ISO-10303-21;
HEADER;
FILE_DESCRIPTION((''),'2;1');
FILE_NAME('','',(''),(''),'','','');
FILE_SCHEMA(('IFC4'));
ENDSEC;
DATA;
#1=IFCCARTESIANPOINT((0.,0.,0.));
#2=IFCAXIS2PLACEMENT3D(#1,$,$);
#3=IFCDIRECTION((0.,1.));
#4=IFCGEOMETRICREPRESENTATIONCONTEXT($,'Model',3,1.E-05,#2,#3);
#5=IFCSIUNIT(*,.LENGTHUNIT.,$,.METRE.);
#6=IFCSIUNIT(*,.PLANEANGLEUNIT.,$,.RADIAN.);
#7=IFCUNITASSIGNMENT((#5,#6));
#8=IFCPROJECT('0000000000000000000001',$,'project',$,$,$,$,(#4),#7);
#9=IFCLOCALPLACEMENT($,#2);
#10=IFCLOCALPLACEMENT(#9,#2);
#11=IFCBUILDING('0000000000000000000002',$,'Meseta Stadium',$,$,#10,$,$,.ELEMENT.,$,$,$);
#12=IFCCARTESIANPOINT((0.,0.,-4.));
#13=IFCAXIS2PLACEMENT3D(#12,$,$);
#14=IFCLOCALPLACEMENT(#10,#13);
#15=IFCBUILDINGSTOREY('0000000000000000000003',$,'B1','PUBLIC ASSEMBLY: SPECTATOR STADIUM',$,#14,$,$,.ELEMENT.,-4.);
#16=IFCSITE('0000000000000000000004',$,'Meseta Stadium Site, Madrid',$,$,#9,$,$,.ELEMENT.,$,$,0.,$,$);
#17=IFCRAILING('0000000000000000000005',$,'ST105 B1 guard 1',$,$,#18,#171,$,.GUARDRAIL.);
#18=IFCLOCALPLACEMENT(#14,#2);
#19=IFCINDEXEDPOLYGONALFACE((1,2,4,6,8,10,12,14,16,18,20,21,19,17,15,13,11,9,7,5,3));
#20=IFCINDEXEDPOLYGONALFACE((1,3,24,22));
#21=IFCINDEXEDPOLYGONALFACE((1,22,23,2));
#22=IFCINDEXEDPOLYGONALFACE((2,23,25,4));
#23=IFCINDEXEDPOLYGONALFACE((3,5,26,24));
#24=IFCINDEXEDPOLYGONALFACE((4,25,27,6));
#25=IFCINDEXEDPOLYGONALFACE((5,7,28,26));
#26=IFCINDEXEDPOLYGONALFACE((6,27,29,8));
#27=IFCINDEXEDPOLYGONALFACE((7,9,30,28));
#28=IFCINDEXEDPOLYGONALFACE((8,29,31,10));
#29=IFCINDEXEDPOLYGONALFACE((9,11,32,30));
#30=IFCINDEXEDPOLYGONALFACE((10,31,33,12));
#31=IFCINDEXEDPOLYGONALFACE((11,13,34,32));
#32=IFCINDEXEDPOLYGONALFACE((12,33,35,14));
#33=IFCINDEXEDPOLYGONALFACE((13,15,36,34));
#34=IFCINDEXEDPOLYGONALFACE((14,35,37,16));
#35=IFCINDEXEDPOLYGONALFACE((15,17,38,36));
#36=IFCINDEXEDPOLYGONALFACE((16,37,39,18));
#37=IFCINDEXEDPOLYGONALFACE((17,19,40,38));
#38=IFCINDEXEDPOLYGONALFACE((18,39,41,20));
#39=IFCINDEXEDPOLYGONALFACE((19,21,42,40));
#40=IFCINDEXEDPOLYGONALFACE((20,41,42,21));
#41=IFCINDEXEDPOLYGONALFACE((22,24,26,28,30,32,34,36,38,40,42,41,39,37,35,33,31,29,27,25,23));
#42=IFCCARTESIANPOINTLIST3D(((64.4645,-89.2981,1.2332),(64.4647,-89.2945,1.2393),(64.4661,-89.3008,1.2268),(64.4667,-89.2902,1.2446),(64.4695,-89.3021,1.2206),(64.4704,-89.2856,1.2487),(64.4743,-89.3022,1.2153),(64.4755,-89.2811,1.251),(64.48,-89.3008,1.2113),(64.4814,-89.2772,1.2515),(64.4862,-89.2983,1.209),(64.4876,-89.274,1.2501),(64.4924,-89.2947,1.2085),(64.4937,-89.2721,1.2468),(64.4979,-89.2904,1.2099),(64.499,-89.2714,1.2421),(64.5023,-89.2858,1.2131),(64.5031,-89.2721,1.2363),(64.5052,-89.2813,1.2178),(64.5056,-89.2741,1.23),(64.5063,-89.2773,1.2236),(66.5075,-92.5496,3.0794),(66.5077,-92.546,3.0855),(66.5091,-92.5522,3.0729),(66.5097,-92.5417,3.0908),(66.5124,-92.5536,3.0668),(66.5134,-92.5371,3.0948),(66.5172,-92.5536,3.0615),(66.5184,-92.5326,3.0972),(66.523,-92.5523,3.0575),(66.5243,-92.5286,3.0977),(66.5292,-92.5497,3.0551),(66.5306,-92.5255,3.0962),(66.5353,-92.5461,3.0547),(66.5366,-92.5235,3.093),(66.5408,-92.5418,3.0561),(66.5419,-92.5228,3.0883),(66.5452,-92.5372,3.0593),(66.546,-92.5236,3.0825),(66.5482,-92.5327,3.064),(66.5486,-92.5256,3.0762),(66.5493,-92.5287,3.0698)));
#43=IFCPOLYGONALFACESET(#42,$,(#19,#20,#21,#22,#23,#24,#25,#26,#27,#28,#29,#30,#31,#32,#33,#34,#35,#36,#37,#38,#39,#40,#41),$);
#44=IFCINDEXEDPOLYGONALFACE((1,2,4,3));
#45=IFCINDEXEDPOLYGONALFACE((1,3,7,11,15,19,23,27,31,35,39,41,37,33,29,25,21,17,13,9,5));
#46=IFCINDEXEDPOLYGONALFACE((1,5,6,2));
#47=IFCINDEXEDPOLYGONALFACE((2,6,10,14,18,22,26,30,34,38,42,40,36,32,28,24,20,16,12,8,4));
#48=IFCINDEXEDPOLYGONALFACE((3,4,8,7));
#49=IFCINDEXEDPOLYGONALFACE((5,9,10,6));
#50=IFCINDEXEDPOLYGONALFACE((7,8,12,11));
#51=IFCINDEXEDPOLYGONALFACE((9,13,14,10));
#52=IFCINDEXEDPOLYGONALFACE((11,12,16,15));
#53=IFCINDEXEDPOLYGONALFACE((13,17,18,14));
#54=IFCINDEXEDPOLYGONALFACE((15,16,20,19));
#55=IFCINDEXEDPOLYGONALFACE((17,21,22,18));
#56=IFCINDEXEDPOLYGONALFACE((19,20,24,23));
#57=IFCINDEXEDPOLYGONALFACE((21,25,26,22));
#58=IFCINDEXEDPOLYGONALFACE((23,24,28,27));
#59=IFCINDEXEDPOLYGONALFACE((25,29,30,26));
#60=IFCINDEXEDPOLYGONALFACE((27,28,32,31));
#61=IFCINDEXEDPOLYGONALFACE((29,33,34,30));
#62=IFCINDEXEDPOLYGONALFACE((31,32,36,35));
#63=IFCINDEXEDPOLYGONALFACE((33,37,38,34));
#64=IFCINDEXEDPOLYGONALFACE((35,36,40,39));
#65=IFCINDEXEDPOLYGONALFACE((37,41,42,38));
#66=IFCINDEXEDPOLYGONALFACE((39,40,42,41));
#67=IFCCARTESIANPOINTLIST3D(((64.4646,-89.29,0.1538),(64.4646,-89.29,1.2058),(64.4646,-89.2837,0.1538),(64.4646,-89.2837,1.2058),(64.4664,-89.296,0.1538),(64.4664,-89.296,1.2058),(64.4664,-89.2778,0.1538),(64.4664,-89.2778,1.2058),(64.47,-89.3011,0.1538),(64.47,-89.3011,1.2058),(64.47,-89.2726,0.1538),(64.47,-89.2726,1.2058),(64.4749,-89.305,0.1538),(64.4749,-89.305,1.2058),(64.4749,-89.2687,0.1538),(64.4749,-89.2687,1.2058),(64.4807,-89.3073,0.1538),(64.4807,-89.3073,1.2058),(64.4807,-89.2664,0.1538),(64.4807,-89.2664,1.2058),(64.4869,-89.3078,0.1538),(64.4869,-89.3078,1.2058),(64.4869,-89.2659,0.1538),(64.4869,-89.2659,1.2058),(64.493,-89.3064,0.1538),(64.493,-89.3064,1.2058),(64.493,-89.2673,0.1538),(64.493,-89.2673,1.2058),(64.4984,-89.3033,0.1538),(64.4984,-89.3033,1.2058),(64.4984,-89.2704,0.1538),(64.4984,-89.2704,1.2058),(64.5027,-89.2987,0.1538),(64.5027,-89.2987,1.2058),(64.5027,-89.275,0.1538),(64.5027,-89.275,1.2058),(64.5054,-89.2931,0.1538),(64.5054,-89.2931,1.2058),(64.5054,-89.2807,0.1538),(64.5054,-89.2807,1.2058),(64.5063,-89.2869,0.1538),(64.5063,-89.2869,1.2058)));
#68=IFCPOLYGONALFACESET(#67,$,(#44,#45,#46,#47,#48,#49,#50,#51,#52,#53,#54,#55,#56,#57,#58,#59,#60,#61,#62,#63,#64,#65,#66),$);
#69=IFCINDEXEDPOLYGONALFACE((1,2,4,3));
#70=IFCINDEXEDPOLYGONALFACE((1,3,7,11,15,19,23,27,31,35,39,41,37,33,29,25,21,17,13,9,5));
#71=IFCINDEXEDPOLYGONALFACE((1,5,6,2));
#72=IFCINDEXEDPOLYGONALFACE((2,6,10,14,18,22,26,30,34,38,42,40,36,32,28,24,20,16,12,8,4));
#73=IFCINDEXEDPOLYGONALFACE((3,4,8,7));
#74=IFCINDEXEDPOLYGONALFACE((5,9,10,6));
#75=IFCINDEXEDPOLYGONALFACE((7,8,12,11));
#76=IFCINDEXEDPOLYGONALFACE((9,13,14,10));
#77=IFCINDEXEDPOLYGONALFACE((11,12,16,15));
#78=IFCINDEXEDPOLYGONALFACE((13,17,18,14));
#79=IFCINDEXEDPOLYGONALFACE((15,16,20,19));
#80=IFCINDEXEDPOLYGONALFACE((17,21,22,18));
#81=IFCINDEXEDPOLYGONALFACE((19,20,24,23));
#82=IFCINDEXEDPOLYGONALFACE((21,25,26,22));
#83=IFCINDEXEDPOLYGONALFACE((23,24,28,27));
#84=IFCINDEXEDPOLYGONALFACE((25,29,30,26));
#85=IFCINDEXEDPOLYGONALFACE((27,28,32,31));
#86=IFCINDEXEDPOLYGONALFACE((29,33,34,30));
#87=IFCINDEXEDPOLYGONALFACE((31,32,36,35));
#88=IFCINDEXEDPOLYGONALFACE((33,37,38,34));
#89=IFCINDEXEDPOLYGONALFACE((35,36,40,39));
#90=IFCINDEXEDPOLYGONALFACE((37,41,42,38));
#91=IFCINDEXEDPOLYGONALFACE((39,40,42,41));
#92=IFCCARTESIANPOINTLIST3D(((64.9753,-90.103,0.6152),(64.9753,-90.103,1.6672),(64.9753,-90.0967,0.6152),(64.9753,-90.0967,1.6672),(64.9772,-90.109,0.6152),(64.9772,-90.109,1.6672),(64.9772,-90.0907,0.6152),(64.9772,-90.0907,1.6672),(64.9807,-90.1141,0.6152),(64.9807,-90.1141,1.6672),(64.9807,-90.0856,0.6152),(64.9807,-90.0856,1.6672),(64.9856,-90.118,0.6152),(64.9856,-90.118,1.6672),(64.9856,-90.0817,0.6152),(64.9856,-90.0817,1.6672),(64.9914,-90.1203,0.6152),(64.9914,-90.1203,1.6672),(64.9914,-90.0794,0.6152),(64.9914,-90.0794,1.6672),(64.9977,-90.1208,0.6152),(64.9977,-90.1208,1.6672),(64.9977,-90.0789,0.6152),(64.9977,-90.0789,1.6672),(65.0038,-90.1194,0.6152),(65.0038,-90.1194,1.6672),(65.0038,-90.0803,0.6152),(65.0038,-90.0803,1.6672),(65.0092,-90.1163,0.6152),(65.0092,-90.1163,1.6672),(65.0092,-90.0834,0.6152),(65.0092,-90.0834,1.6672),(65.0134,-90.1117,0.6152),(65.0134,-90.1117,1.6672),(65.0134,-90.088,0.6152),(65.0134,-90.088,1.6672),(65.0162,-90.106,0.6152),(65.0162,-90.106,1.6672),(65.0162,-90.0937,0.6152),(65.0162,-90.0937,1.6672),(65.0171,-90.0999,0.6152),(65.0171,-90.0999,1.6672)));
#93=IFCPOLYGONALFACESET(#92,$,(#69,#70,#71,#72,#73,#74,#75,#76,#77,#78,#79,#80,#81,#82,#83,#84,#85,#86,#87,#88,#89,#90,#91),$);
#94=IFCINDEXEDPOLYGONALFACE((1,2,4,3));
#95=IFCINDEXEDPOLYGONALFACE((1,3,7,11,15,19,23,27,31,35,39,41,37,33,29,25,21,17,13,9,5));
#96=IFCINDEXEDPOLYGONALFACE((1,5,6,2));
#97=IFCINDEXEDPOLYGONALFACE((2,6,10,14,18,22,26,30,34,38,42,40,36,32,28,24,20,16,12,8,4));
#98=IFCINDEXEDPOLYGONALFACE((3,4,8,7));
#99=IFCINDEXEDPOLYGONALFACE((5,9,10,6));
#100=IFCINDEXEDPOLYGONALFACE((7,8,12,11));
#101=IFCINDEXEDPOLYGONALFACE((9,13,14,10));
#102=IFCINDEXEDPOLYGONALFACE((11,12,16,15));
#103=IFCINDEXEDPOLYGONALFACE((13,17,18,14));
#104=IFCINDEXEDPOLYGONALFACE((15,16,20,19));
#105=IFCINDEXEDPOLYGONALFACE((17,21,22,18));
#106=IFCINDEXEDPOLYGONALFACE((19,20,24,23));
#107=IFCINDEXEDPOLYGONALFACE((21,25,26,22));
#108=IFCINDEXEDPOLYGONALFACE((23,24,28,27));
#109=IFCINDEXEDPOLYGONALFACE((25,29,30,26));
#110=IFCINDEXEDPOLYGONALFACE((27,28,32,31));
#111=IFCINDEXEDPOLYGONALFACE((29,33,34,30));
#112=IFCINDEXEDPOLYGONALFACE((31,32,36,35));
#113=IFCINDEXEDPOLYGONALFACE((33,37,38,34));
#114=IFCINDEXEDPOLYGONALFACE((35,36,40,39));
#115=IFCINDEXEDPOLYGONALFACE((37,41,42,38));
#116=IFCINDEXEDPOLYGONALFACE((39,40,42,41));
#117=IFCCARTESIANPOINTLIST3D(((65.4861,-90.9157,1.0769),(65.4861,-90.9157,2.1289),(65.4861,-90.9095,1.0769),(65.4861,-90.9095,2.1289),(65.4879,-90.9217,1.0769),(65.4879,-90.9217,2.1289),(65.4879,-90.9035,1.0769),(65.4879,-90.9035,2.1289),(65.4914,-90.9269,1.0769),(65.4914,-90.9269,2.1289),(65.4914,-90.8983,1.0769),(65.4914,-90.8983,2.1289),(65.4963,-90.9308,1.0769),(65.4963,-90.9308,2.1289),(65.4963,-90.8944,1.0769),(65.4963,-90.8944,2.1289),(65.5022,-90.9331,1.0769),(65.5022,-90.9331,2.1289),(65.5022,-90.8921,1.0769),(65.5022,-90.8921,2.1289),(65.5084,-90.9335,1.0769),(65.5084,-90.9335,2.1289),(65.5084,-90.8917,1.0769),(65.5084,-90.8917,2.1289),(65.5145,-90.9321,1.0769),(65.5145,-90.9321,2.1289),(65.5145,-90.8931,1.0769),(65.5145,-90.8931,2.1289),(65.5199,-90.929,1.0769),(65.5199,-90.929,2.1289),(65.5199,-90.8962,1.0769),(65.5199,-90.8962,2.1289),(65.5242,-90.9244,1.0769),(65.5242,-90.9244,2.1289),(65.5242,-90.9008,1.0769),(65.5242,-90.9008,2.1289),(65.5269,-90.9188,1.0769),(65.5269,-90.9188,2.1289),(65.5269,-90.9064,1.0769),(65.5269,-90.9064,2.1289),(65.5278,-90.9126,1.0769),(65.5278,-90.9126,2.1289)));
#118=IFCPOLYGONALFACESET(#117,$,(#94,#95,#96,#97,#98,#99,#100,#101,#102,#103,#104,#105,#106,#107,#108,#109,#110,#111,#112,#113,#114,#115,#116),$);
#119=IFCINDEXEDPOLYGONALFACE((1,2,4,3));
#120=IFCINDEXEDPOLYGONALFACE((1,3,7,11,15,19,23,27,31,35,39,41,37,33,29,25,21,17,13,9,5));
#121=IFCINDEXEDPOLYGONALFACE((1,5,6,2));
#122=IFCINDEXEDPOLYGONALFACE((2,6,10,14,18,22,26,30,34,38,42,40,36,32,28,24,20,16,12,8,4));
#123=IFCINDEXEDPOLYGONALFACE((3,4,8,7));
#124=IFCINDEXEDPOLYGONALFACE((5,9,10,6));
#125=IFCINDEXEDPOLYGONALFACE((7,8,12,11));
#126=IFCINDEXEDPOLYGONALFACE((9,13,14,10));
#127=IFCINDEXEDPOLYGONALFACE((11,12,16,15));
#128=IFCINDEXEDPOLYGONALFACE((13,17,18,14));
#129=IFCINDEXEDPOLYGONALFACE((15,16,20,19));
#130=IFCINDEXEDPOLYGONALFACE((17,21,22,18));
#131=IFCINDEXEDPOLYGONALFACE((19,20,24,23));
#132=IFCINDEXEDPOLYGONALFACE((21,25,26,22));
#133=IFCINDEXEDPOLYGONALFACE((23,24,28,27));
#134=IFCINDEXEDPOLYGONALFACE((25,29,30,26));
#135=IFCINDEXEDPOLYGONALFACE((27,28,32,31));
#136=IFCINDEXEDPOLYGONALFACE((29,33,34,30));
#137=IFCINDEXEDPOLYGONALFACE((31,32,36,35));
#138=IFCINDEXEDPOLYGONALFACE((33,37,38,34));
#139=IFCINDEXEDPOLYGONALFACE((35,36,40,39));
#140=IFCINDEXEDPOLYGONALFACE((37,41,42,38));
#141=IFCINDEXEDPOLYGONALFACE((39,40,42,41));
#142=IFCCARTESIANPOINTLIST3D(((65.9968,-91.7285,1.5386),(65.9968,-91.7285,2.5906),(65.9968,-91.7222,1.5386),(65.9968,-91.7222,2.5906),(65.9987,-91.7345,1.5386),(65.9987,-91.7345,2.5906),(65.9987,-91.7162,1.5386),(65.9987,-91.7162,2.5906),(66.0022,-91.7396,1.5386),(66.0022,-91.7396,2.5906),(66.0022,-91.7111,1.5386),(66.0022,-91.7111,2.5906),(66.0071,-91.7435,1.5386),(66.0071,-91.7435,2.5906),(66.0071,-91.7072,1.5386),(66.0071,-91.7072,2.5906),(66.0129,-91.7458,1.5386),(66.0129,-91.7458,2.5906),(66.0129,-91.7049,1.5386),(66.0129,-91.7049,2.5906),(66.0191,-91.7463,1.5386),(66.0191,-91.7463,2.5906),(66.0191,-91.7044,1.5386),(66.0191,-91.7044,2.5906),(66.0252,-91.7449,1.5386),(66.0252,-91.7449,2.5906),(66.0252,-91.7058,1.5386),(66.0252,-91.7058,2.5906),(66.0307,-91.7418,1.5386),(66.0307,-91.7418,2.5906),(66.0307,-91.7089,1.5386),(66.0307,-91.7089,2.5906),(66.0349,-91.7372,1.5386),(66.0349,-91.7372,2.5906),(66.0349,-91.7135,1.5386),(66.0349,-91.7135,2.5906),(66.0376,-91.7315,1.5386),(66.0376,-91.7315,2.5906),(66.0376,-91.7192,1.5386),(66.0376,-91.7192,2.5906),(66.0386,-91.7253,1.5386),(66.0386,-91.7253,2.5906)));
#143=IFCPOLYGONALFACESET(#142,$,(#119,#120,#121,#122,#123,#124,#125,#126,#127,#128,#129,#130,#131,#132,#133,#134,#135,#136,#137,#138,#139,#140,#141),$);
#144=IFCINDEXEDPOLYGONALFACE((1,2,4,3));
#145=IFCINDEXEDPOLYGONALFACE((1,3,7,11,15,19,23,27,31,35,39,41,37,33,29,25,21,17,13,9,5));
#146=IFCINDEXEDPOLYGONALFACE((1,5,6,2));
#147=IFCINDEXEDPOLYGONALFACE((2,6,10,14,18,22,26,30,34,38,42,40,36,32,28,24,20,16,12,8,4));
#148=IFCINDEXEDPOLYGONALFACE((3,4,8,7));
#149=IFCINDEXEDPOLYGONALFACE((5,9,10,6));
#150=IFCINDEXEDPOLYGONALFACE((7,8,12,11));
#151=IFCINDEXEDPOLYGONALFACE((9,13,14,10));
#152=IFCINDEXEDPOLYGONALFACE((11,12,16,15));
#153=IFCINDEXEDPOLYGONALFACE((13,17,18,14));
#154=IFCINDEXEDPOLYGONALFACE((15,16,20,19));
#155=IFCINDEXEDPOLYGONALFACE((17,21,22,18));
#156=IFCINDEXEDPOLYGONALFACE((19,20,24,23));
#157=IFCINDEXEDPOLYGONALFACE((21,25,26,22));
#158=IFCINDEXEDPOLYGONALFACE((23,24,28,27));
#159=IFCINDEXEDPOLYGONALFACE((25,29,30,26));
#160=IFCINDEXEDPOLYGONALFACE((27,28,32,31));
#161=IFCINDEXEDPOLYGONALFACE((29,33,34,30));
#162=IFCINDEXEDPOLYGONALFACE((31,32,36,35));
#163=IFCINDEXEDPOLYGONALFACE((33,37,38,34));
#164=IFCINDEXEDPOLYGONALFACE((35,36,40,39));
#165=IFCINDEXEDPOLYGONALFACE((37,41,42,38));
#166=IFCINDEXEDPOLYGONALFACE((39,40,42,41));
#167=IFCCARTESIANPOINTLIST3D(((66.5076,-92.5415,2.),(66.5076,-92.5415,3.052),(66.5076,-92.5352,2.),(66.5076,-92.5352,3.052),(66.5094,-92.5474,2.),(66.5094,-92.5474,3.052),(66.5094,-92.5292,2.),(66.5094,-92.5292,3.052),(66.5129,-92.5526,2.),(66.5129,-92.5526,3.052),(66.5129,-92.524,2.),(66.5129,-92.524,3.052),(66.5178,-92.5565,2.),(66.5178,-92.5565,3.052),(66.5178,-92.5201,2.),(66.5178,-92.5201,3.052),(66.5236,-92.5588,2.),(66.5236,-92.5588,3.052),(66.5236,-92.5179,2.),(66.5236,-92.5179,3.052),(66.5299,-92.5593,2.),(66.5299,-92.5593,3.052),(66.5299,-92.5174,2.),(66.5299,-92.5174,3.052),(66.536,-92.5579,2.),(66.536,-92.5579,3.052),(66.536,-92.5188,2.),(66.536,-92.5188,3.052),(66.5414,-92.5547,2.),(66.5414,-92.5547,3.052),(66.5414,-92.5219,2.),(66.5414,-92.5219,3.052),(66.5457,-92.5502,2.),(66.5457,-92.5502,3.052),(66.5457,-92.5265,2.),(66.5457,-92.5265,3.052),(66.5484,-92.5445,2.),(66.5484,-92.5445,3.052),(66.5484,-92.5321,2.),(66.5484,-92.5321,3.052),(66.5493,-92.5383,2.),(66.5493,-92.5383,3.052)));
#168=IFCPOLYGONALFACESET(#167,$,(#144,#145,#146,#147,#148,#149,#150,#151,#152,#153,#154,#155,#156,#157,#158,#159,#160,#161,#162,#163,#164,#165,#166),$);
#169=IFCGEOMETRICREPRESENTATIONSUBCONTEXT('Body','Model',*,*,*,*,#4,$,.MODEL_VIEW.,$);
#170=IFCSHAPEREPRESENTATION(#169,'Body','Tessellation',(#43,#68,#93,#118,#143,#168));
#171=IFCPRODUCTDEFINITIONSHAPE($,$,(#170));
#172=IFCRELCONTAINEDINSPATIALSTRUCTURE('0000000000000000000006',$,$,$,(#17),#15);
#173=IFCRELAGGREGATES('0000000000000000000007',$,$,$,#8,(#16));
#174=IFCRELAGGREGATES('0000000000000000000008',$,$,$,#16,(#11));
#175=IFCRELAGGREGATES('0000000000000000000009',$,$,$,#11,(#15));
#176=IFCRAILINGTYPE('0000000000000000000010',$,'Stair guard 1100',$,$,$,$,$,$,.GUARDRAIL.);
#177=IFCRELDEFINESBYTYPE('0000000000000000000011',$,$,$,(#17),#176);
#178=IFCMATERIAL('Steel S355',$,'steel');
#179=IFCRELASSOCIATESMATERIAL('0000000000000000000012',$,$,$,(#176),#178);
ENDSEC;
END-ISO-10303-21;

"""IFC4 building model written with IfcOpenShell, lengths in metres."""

from ifc_helpers import new_model, si_unit, direction, frame, origin, origin_2d, place, context, subcontext, project, spatial, circle, extrude, material, type_object, element, save


model = new_model("IFC4")

# Units and contexts
model_context = context("Model", 3, precision=1e-05, world=origin(), true_north=direction((0.0, 1.0)))
body_context = subcontext(model_context, "Body", "Model", "MODEL_VIEW")
ifc_project = project(units=[si_unit("LENGTHUNIT", "METRE"), si_unit("PLANEANGLEUNIT", "RADIAN")], contexts=[model_context])

# Site, building, storey
site_placement = place(None, origin())
site = spatial("IfcSite", under=ifc_project, at=site_placement, Name="Meseta Stadium Site, Madrid", CompositionType="ELEMENT", RefElevation=0.0)
building_placement = place(site_placement, origin())
building = spatial("IfcBuilding", under=site, at=building_placement, Name="Meseta Stadium", CompositionType="ELEMENT")
storey_placement = place(building_placement, frame((0.0, 0.0, -4.0)))
storey = spatial("IfcBuildingStorey", under=building, at=storey_placement, Name="B1", Description="PUBLIC ASSEMBLY: SPECTATOR STADIUM", CompositionType="ELEMENT", Elevation=-4.0)

# Railing
ifc_material_1 = material(Name="Steel S355", Category="steel")
railing_type_1 = type_object("IfcRailingType", Name="Stair guard 1100", PredefinedType="GUARDRAIL", material=ifc_material_1)
railing_1_placement = place(storey_placement, frame((64.4854, -89.2869, 0.1538)))
element("IfcRailing", 1, at=railing_1_placement, inside=storey, type_object=railing_type_1, Name="ST105 B1 guard 1", PredefinedType="GUARDRAIL", context=body_context, shape_type="SweptSolid", body=[
    extrude(circle(Radius=0.0239, at=origin_2d()), frame((0.0, 0.0, 1.0762), z_axis=(0.479483, -0.763117, 0.4333), x_axis=(0.846731, 0.53202, 0.0)), (0.0, 0.0, 1.0), 4.2607),
    extrude(circle(Radius=0.021, at=origin_2d()), origin(), (0.0, 0.0, 1.0), 1.052),
    extrude(circle(Radius=0.021, at=origin_2d()), frame((0.5107, -0.813, 0.4614)), (0.0, 0.0, 1.0), 1.052),
    extrude(circle(Radius=0.021, at=origin_2d()), frame((1.0215, -1.6257, 0.9231)), (0.0, 0.0, 1.0), 1.052),
    extrude(circle(Radius=0.021, at=origin_2d()), frame((1.5322, -2.4385, 1.3848)), (0.0, 0.0, 1.0), 1.052),
    extrude(circle(Radius=0.021, at=origin_2d()), frame((2.043, -3.2515, 1.8462)), (0.0, 0.0, 1.0), 1.052),
])

save(model, "model.ifc")
